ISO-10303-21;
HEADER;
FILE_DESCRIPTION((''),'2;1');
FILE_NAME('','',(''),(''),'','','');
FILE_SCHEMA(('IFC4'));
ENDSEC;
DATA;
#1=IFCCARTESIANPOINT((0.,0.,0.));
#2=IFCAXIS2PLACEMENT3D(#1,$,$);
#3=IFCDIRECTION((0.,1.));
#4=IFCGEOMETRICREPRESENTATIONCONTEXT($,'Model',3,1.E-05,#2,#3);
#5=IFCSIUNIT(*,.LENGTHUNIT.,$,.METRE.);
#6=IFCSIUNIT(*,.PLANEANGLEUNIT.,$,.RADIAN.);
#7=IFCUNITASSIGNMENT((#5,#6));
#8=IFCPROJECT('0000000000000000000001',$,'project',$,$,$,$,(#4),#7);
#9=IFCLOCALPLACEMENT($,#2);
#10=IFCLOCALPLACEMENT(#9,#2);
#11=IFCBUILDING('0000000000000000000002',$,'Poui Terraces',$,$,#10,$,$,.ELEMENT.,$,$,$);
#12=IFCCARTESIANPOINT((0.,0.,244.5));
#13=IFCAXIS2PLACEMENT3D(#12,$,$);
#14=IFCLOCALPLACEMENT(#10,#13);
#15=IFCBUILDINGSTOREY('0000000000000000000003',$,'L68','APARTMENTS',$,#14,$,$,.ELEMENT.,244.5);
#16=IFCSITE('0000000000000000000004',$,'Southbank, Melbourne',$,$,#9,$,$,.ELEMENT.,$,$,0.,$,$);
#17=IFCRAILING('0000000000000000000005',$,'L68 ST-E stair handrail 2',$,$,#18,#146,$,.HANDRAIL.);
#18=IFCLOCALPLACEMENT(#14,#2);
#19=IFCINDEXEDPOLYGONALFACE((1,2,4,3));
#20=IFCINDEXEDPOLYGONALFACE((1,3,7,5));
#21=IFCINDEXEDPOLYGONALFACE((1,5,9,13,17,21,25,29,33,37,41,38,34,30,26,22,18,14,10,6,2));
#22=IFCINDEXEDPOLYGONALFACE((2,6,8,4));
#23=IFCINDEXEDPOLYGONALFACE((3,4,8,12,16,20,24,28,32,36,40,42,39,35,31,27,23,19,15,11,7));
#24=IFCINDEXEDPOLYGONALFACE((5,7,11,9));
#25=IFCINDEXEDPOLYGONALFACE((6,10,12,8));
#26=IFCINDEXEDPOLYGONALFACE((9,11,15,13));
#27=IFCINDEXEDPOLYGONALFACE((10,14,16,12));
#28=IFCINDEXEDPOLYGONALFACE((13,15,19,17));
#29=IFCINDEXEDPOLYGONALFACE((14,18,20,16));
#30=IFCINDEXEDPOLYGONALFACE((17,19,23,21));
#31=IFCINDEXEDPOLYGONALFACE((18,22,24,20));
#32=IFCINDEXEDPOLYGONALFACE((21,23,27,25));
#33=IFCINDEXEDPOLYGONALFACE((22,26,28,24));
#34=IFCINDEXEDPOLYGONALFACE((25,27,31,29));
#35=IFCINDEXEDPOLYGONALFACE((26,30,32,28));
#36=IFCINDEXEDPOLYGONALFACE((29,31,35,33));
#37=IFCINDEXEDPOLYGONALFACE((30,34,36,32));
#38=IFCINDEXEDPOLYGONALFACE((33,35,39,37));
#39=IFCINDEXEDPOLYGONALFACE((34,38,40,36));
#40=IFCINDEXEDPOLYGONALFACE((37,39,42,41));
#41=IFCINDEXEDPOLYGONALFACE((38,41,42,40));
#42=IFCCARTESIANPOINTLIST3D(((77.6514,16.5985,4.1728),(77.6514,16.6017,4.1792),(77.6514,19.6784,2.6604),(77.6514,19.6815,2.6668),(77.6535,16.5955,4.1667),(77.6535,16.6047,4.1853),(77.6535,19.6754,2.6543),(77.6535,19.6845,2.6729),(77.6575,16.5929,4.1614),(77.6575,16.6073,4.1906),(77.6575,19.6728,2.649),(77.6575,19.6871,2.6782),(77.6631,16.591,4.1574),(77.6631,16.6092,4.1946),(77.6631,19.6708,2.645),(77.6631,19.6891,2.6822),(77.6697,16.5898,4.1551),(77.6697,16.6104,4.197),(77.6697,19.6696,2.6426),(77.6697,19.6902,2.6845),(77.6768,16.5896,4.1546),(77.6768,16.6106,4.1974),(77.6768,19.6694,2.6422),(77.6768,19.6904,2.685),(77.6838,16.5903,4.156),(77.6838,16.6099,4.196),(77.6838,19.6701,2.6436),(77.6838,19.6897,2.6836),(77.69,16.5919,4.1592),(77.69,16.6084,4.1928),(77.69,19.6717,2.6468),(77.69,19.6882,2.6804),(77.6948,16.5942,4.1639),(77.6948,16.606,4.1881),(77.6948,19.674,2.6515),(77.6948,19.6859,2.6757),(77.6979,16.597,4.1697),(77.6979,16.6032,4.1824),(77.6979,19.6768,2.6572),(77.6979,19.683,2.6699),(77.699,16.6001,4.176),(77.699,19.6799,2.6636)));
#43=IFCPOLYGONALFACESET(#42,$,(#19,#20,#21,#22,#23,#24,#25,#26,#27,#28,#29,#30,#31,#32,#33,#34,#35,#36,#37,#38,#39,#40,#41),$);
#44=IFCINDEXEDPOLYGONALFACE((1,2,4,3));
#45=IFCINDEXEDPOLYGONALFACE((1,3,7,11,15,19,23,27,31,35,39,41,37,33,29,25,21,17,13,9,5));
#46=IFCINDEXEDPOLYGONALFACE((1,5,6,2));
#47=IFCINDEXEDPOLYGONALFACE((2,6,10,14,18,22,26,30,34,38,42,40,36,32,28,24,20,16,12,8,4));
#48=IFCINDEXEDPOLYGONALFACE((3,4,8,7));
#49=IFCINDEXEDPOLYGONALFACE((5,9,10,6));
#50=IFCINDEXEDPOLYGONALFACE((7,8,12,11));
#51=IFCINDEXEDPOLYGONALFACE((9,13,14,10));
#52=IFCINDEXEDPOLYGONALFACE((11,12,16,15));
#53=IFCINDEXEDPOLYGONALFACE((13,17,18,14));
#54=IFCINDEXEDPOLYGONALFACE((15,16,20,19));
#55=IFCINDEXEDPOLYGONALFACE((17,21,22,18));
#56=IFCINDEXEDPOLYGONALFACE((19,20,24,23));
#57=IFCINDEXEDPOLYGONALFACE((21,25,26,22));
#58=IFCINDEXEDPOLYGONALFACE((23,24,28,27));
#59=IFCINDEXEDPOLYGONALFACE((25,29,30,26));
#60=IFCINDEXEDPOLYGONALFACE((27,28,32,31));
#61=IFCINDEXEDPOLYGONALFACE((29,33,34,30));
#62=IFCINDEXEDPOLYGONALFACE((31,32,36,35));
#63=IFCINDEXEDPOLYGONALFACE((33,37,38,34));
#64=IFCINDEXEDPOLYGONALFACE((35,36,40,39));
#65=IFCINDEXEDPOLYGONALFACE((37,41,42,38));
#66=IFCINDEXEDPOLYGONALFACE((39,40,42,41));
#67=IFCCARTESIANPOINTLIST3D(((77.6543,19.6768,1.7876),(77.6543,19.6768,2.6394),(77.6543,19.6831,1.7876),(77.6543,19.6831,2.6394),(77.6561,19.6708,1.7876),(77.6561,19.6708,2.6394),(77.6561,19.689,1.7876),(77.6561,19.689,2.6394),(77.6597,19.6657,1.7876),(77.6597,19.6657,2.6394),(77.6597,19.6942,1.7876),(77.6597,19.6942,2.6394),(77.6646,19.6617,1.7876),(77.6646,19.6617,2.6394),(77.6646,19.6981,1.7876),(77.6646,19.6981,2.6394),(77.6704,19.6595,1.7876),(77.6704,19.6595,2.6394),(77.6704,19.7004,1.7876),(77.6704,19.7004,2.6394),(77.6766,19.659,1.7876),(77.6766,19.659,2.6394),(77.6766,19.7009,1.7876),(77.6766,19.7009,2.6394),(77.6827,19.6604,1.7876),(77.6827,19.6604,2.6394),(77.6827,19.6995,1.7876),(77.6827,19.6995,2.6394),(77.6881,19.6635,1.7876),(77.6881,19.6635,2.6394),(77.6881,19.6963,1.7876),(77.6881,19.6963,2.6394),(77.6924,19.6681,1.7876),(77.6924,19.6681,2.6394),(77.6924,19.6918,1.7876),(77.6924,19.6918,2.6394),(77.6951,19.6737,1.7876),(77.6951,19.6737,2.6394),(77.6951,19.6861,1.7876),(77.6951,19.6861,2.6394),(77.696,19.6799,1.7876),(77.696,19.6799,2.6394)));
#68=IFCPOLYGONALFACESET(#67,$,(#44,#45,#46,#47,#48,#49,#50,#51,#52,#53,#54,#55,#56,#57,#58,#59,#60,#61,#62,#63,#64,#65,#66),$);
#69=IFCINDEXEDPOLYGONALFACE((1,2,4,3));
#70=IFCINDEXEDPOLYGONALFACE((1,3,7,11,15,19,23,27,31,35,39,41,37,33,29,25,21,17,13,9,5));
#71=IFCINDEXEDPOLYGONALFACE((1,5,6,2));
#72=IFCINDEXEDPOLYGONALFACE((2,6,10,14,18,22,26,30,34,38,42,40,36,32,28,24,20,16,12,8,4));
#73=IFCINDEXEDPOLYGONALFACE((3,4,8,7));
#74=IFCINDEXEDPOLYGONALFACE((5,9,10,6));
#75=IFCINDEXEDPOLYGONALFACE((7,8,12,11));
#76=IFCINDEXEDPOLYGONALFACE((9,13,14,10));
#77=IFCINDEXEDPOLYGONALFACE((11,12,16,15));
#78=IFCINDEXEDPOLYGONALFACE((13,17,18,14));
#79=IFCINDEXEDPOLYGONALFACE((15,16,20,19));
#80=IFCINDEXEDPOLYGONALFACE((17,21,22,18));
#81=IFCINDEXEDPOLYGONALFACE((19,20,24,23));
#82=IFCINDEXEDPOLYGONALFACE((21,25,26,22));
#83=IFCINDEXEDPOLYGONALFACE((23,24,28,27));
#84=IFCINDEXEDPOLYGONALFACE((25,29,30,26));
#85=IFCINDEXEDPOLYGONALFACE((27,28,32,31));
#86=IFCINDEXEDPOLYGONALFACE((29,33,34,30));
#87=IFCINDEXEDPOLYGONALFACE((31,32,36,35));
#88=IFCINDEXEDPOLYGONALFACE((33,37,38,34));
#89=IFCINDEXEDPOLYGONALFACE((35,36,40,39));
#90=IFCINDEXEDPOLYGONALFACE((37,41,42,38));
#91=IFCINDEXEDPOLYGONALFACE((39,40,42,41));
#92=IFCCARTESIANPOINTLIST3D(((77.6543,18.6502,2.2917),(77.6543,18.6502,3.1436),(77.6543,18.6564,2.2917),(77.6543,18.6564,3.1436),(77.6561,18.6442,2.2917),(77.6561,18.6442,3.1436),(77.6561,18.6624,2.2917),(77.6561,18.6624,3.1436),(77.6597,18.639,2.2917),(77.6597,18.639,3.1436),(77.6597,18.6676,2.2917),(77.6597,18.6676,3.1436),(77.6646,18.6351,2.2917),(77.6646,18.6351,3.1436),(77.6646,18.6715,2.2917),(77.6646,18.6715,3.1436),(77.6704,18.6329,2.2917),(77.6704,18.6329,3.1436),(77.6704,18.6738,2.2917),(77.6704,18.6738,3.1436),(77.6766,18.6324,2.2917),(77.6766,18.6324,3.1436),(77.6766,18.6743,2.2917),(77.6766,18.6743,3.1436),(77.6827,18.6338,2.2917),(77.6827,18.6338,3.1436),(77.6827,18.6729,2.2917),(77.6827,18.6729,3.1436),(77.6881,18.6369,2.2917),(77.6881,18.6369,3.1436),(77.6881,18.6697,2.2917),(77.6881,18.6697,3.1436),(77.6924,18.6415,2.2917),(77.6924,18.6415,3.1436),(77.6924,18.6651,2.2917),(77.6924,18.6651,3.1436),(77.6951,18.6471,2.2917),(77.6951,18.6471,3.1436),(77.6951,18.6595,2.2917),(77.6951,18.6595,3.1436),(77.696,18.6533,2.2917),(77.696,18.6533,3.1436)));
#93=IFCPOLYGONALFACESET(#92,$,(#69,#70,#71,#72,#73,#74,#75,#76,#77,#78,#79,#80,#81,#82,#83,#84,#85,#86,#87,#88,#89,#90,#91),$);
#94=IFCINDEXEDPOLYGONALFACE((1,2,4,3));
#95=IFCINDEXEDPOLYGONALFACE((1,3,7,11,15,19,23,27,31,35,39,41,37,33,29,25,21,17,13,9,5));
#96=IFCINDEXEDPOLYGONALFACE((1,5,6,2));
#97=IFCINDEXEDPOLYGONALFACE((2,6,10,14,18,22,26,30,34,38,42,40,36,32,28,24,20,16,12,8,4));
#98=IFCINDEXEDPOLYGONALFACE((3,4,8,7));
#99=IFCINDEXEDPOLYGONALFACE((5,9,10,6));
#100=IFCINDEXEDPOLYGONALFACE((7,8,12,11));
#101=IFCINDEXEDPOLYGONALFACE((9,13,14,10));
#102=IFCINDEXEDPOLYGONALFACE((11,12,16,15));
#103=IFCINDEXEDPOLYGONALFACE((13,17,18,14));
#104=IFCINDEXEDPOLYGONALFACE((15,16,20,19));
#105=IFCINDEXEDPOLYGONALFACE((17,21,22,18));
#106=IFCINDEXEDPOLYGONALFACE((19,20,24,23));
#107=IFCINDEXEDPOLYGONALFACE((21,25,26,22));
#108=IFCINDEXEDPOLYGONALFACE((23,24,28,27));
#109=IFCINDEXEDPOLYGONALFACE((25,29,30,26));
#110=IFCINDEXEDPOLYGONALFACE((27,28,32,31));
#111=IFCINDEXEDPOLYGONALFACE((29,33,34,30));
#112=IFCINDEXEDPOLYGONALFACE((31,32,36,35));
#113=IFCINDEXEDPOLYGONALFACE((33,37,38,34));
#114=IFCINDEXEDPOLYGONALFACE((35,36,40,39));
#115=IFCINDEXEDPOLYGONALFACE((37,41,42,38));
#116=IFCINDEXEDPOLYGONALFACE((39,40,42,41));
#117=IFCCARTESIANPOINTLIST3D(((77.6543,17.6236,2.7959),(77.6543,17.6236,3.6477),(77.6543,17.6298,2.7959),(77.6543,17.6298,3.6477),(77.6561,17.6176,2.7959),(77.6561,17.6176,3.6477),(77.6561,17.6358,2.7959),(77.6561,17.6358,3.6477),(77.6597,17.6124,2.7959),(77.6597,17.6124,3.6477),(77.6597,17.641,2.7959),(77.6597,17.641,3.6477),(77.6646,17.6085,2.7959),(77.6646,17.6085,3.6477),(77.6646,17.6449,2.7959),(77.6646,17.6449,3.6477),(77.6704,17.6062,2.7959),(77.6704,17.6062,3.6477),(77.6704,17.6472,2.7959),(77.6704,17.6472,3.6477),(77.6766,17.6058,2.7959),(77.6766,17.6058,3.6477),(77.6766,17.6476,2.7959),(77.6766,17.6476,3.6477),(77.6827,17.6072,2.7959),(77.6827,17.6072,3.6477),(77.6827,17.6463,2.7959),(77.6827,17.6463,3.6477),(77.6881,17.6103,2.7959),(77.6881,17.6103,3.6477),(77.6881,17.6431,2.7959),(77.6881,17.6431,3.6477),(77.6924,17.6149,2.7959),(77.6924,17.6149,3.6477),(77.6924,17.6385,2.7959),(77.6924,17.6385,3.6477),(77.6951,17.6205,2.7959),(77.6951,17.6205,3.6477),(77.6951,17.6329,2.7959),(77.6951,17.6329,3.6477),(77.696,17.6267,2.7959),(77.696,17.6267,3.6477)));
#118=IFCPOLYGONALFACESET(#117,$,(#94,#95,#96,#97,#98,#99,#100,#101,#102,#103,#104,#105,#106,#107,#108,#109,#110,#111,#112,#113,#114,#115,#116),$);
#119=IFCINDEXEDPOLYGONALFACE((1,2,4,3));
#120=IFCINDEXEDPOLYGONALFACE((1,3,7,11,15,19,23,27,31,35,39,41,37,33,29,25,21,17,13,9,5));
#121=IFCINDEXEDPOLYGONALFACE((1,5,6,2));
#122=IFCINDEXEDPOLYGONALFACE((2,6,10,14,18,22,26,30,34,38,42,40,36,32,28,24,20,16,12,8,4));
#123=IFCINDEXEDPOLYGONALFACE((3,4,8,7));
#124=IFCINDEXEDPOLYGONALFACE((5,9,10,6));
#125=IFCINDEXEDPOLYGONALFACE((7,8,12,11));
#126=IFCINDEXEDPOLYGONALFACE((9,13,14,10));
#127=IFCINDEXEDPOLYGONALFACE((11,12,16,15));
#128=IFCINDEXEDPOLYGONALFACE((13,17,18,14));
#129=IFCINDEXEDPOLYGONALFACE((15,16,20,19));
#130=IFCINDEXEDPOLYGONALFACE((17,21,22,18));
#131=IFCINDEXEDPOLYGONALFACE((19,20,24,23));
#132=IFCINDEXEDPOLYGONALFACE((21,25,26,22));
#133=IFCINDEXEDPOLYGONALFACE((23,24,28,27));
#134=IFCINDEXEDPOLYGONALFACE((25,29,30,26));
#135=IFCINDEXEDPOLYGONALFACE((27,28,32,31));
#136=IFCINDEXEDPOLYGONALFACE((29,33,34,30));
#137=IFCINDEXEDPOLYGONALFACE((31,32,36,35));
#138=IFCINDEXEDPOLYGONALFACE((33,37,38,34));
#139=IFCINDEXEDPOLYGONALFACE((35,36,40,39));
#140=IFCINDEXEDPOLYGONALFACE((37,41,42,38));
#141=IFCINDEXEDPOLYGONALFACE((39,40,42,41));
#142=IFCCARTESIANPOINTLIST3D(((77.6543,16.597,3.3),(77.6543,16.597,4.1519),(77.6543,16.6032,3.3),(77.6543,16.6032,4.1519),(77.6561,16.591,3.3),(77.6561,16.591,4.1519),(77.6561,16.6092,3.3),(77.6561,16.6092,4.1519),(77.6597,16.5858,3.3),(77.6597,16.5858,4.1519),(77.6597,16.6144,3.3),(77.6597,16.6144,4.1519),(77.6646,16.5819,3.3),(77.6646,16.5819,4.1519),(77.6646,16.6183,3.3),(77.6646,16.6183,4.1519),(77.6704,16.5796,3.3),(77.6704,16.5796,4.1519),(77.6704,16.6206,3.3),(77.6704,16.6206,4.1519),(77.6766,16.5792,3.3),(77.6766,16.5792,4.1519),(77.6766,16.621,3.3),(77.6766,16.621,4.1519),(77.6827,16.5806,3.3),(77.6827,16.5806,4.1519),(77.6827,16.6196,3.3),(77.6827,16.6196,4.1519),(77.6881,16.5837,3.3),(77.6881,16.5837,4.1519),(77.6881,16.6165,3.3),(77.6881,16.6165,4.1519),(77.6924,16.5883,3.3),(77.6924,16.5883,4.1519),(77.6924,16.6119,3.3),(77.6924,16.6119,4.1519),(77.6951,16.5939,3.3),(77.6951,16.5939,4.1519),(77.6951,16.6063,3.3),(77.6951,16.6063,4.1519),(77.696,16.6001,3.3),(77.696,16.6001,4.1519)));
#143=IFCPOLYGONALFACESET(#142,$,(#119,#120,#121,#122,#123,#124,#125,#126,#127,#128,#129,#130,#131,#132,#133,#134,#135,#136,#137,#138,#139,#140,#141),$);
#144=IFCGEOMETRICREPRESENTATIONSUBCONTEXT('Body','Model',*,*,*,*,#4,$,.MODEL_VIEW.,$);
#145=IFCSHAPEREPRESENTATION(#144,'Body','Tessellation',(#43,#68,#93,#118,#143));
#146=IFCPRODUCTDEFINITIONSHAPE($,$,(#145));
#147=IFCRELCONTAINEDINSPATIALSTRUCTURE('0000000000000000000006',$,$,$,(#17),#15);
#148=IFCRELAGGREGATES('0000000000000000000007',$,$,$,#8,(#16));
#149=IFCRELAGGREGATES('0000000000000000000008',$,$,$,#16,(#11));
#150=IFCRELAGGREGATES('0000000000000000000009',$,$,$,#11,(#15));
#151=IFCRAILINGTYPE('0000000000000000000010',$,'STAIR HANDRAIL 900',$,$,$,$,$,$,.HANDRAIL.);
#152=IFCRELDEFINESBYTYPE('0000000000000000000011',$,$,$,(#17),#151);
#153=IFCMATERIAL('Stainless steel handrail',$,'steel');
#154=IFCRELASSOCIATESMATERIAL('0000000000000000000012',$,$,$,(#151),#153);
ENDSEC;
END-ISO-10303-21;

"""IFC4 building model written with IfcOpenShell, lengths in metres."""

from ifc_helpers import new_model, si_unit, direction, frame, origin, origin_2d, place, context, subcontext, project, spatial, circle, extrude, material, type_object, element, save


model = new_model("IFC4")

# Units and contexts
model_context = context("Model", 3, precision=1e-05, world=origin(), true_north=direction((0.0, 1.0)))
body_context = subcontext(model_context, "Body", "Model", "MODEL_VIEW")
ifc_project = project(units=[si_unit("LENGTHUNIT", "METRE"), si_unit("PLANEANGLEUNIT", "RADIAN")], contexts=[model_context])

# Site, building, storey
site_placement = place(None, origin())
site = spatial("IfcSite", under=ifc_project, at=site_placement, Name="Southbank, Melbourne", CompositionType="ELEMENT", RefElevation=0.0)
building_placement = place(site_placement, origin())
building = spatial("IfcBuilding", under=site, at=building_placement, Name="Poui Terraces", CompositionType="ELEMENT")
storey_placement = place(building_placement, frame((0.0, 0.0, 244.5)))
storey = spatial("IfcBuildingStorey", under=building, at=storey_placement, Name="L68", Description="APARTMENTS", CompositionType="ELEMENT", Elevation=244.5)

# Railing
ifc_material_1 = material(Name="Stainless steel handrail", Category="steel")
railing_type_1 = type_object("IfcRailingType", Name="STAIR HANDRAIL 900", PredefinedType="HANDRAIL", material=ifc_material_1)
railing_1_placement = place(storey_placement, frame((77.675, 19.6799, 1.7876)))
element("IfcRailing", 1, at=railing_1_placement, inside=storey, type_object=railing_type_1, Name="L68 ST-E stair handrail 2", PredefinedType="HANDRAIL", context=body_context, shape_type="SweptSolid", body=[
    extrude(circle(Radius=0.0239, at=origin_2d()), frame((0.0, 0.0, 0.876), z_axis=(0.0, -0.897606, 0.440798), x_axis=(1.0, 0.0, 0.0)), (0.0, 0.0, 1.0), 3.4312),
    extrude(circle(Radius=0.021, at=origin_2d()), origin(), (0.0, 0.0, 1.0), 0.8518),
    extrude(circle(Radius=0.021, at=origin_2d()), frame((0.0, -1.0266, 0.5042)), (0.0, 0.0, 1.0), 0.8518),
    extrude(circle(Radius=0.021, at=origin_2d()), frame((0.0, -2.0532, 1.0083)), (0.0, 0.0, 1.0), 0.8518),
    extrude(circle(Radius=0.021, at=origin_2d()), frame((0.0, -3.0798, 1.5125)), (0.0, 0.0, 1.0), 0.8518),
])

save(model, "model.ifc")
